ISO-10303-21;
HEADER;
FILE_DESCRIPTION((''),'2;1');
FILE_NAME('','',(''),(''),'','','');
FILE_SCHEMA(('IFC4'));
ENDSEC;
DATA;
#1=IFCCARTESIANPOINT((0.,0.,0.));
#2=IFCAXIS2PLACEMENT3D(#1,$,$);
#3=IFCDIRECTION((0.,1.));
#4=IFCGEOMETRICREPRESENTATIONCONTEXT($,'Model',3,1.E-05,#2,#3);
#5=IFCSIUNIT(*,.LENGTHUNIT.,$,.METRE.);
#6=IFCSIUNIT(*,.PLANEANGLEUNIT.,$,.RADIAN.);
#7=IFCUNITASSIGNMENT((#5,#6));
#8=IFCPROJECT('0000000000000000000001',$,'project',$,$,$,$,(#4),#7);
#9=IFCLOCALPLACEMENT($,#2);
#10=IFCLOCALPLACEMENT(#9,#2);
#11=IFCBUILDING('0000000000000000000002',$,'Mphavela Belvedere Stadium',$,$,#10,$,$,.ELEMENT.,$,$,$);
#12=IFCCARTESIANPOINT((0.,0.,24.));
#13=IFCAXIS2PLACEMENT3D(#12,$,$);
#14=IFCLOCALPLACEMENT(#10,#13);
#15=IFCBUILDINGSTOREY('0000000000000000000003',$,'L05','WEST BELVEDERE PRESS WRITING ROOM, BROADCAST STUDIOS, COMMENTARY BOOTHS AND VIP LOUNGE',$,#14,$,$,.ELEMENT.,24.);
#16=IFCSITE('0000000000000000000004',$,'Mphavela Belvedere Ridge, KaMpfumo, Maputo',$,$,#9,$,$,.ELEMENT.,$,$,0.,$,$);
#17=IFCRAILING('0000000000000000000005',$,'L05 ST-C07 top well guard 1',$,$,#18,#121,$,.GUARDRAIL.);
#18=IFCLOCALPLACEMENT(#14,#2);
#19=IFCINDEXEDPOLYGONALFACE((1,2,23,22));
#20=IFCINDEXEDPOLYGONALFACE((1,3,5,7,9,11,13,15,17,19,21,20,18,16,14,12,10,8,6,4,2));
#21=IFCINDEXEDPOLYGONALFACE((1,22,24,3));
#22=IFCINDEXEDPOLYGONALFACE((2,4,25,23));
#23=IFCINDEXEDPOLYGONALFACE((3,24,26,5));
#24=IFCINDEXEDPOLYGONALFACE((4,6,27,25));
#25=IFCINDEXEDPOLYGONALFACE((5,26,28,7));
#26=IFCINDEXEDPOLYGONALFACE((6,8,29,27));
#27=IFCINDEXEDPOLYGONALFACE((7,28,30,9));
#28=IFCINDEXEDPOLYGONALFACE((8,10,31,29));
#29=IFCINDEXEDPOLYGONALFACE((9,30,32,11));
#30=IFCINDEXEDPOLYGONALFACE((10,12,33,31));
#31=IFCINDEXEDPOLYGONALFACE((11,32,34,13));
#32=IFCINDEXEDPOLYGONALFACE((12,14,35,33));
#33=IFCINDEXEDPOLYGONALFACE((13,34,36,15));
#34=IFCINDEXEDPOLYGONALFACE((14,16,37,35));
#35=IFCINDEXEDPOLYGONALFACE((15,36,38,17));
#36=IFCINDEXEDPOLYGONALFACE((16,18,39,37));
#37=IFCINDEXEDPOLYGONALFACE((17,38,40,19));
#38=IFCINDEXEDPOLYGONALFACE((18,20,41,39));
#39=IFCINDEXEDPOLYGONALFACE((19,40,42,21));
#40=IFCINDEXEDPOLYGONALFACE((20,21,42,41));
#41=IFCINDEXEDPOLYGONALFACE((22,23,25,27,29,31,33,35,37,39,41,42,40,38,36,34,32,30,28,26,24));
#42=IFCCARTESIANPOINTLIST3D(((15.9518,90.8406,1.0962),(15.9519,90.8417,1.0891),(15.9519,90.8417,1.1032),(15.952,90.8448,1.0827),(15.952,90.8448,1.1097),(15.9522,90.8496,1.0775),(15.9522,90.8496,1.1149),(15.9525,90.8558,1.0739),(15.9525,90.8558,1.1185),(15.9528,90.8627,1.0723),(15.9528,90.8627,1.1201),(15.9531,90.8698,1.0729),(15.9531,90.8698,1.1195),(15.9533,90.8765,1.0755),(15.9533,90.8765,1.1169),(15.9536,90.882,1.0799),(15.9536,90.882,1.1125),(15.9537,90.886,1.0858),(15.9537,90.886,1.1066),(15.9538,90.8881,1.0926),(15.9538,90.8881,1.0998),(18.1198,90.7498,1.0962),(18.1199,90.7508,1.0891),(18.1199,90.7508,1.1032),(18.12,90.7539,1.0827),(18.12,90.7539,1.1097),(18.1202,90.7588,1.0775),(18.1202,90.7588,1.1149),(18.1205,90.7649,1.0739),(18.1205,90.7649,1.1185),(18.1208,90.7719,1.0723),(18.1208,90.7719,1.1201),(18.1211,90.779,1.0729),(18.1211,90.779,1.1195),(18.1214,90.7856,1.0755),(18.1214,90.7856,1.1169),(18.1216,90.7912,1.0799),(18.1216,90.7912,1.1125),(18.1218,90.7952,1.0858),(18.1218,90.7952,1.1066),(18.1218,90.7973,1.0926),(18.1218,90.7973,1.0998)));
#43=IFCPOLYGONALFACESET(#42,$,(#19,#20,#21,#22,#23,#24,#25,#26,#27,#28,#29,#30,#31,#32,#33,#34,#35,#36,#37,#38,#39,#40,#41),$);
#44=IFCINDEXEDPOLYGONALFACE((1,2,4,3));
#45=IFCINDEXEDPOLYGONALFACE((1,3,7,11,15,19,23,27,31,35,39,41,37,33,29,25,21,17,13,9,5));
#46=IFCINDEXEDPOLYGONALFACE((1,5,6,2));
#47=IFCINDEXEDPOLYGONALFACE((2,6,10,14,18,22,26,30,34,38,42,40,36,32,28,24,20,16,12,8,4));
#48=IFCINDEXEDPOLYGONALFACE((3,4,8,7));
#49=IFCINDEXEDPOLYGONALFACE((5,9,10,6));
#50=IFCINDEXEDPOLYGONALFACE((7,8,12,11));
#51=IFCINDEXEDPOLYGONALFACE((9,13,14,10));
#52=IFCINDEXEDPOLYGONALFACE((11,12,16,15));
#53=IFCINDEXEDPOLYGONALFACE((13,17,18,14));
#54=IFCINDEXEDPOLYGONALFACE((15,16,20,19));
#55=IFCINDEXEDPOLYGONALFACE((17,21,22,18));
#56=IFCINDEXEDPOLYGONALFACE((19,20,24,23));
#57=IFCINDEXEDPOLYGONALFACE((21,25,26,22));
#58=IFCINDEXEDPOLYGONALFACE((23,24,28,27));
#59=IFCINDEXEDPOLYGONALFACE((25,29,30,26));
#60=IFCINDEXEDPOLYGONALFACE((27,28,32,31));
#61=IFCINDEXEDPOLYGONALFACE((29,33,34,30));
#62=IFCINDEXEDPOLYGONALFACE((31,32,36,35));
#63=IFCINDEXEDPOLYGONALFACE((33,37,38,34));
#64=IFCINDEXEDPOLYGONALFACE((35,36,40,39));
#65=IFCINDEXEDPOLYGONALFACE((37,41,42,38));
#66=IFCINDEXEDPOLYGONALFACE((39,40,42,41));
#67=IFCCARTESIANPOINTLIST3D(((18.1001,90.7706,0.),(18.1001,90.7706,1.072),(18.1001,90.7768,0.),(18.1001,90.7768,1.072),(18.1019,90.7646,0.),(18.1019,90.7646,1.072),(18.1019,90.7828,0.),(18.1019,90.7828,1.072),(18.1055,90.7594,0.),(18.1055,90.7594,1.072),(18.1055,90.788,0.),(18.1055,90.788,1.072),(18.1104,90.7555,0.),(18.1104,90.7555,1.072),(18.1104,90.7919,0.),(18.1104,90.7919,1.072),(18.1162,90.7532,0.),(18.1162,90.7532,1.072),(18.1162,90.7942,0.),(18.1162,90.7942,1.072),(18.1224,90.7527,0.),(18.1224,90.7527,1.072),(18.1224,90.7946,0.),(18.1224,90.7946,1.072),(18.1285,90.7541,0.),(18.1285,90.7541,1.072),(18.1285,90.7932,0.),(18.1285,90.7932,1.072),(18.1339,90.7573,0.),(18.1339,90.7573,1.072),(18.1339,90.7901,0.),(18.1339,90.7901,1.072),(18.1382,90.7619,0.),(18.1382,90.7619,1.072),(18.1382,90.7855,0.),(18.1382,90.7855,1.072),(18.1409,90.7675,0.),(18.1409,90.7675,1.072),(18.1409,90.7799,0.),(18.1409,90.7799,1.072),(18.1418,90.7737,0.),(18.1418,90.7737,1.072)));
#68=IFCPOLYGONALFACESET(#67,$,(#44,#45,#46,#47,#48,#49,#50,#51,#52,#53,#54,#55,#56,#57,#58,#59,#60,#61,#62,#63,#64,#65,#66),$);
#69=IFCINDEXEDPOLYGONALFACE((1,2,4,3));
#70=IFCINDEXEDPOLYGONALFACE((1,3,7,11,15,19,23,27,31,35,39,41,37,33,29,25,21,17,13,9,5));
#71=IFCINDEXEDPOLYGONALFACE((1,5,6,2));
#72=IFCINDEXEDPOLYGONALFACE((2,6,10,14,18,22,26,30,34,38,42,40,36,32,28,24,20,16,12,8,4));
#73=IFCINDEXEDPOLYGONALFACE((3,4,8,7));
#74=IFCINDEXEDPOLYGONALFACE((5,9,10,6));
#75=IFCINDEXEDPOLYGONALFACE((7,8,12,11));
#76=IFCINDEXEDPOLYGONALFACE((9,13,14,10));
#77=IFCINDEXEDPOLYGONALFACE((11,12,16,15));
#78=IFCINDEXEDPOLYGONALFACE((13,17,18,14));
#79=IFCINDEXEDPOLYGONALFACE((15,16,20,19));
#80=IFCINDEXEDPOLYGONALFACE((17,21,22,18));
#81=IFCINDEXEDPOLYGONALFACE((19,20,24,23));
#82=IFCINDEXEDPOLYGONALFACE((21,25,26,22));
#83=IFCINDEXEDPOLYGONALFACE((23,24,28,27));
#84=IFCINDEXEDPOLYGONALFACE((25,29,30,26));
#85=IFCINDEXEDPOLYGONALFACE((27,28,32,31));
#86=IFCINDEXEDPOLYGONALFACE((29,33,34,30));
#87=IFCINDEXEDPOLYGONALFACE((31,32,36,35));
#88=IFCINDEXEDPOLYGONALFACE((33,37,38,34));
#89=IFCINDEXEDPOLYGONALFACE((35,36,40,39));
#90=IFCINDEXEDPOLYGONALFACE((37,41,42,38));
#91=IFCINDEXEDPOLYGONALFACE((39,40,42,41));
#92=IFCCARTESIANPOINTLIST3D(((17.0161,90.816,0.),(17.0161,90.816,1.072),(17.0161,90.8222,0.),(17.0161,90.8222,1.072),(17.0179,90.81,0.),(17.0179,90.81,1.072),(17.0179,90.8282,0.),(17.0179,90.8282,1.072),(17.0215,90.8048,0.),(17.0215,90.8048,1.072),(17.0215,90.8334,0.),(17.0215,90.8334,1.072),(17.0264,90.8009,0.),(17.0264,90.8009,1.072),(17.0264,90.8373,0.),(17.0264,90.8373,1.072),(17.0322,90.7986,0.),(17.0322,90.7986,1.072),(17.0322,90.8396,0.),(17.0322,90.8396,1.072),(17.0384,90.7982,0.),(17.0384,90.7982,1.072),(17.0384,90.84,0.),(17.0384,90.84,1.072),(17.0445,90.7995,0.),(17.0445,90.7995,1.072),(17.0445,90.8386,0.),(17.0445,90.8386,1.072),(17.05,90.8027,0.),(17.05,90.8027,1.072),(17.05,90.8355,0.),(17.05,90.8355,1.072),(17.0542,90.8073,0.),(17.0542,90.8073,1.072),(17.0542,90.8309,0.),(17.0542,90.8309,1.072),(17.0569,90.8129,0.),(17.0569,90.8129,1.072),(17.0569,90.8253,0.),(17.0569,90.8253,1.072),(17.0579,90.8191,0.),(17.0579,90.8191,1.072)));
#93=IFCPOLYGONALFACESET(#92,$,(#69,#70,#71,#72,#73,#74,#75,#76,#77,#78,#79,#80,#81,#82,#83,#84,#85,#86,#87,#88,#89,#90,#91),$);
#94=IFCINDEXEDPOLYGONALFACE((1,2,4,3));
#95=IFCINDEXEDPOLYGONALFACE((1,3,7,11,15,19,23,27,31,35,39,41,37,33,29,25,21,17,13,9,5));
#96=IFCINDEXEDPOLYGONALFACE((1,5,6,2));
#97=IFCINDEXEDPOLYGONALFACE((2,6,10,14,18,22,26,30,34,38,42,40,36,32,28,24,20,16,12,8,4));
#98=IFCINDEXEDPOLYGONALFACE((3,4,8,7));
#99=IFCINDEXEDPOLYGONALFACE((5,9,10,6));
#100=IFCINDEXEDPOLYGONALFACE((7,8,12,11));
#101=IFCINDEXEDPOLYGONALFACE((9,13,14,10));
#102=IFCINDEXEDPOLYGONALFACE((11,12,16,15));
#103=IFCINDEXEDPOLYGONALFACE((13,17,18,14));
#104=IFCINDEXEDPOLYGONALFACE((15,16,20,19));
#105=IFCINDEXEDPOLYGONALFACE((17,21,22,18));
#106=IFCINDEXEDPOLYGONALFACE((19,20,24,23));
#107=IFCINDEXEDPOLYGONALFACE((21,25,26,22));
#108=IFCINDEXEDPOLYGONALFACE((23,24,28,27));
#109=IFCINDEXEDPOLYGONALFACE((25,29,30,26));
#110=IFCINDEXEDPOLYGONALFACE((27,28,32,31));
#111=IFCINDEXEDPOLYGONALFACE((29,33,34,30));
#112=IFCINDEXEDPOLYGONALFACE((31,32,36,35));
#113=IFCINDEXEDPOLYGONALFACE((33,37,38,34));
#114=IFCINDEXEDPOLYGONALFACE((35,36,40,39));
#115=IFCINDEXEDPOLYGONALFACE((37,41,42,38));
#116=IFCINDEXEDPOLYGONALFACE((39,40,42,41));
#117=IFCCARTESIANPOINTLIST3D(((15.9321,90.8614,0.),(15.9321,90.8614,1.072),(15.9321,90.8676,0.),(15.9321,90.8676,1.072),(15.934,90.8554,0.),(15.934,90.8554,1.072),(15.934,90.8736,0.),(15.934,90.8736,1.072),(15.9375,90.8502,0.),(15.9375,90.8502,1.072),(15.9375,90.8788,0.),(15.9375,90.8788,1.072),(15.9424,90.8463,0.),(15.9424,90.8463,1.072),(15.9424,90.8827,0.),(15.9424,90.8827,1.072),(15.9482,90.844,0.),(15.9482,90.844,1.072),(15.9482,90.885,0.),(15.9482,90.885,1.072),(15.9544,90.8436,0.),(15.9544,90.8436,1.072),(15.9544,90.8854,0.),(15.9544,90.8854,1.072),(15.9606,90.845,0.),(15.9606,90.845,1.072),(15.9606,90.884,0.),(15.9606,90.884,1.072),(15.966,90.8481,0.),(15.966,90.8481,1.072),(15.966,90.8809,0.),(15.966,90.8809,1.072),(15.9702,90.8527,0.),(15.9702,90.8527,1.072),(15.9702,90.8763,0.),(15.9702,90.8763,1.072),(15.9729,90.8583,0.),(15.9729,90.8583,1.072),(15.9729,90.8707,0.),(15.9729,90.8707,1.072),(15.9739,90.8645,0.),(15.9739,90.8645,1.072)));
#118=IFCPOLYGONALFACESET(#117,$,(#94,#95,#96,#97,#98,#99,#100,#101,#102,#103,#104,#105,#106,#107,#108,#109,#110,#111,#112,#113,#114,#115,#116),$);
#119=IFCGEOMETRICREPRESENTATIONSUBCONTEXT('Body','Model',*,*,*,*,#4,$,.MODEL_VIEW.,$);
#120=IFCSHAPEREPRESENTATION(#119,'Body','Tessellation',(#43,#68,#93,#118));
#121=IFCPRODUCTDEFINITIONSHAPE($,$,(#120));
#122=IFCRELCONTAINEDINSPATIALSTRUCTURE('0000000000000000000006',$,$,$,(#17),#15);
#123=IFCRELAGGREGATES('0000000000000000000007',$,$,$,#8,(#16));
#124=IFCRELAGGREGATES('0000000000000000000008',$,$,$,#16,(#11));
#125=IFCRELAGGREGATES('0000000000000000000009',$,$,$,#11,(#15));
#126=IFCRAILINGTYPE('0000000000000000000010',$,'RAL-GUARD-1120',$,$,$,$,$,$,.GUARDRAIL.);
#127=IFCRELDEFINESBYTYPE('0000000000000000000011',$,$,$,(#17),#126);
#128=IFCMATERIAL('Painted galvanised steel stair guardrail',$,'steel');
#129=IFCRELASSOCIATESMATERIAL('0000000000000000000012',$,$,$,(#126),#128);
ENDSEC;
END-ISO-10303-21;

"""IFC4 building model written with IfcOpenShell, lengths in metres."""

from ifc_helpers import new_model, si_unit, direction, frame, origin, origin_2d, place, context, subcontext, project, spatial, circle, extrude, material, type_object, element, save


model = new_model("IFC4")

# Units and contexts
model_context = context("Model", 3, precision=1e-05, world=origin(), true_north=direction((0.0, 1.0)))
body_context = subcontext(model_context, "Body", "Model", "MODEL_VIEW")
ifc_project = project(units=[si_unit("LENGTHUNIT", "METRE"), si_unit("PLANEANGLEUNIT", "RADIAN")], contexts=[model_context])

# Site, building, storey
site_placement = place(None, origin())
site = spatial("IfcSite", under=ifc_project, at=site_placement, Name="Mphavela Belvedere Ridge, KaMpfumo, Maputo", CompositionType="ELEMENT", RefElevation=0.0)
building_placement = place(site_placement, origin())
building = spatial("IfcBuilding", under=site, at=building_placement, Name="Mphavela Belvedere Stadium", CompositionType="ELEMENT")
storey_placement = place(building_placement, frame((0.0, 0.0, 24.0)))
storey = spatial("IfcBuildingStorey", under=building, at=storey_placement, Name="L05", Description="WEST BELVEDERE PRESS WRITING ROOM, BROADCAST STUDIOS, COMMENTARY BOOTHS AND VIP LOUNGE", CompositionType="ELEMENT", Elevation=24.0)

# Railing
ifc_material_1 = material(Name="Painted galvanised steel stair guardrail", Category="steel")
railing_type = type_object("IfcRailingType", Name="RAL-GUARD-1120", PredefinedType="GUARDRAIL", material=ifc_material_1)
railing_placement = place(storey_placement, frame((18.1208, 90.7737, 0.0)))
element("IfcRailing", 1, at=railing_placement, inside=storey, type_object=railing_type, Name="L05 ST-C07 top well guard 1", PredefinedType="GUARDRAIL", context=body_context, shape_type="SweptSolid", body=[
    extrude(circle(Radius=0.0239, at=origin_2d()), frame((0.0, 0.0, 1.0962), z_axis=(-0.999124, 0.041855, 0.0), x_axis=(-0.041855, -0.999124, 0.0)), (0.0, 0.0, 1.0), 2.1699),
    extrude(circle(Radius=0.021, at=origin_2d()), origin(), (0.0, 0.0, 1.0), 1.072),
    extrude(circle(Radius=0.021, at=origin_2d()), frame((-1.084, 0.0454, 0.0)), (0.0, 0.0, 1.0), 1.072),
    extrude(circle(Radius=0.021, at=origin_2d()), frame((-2.168, 0.0908, 0.0)), (0.0, 0.0, 1.0), 1.072),
])

save(model, "model.ifc")
